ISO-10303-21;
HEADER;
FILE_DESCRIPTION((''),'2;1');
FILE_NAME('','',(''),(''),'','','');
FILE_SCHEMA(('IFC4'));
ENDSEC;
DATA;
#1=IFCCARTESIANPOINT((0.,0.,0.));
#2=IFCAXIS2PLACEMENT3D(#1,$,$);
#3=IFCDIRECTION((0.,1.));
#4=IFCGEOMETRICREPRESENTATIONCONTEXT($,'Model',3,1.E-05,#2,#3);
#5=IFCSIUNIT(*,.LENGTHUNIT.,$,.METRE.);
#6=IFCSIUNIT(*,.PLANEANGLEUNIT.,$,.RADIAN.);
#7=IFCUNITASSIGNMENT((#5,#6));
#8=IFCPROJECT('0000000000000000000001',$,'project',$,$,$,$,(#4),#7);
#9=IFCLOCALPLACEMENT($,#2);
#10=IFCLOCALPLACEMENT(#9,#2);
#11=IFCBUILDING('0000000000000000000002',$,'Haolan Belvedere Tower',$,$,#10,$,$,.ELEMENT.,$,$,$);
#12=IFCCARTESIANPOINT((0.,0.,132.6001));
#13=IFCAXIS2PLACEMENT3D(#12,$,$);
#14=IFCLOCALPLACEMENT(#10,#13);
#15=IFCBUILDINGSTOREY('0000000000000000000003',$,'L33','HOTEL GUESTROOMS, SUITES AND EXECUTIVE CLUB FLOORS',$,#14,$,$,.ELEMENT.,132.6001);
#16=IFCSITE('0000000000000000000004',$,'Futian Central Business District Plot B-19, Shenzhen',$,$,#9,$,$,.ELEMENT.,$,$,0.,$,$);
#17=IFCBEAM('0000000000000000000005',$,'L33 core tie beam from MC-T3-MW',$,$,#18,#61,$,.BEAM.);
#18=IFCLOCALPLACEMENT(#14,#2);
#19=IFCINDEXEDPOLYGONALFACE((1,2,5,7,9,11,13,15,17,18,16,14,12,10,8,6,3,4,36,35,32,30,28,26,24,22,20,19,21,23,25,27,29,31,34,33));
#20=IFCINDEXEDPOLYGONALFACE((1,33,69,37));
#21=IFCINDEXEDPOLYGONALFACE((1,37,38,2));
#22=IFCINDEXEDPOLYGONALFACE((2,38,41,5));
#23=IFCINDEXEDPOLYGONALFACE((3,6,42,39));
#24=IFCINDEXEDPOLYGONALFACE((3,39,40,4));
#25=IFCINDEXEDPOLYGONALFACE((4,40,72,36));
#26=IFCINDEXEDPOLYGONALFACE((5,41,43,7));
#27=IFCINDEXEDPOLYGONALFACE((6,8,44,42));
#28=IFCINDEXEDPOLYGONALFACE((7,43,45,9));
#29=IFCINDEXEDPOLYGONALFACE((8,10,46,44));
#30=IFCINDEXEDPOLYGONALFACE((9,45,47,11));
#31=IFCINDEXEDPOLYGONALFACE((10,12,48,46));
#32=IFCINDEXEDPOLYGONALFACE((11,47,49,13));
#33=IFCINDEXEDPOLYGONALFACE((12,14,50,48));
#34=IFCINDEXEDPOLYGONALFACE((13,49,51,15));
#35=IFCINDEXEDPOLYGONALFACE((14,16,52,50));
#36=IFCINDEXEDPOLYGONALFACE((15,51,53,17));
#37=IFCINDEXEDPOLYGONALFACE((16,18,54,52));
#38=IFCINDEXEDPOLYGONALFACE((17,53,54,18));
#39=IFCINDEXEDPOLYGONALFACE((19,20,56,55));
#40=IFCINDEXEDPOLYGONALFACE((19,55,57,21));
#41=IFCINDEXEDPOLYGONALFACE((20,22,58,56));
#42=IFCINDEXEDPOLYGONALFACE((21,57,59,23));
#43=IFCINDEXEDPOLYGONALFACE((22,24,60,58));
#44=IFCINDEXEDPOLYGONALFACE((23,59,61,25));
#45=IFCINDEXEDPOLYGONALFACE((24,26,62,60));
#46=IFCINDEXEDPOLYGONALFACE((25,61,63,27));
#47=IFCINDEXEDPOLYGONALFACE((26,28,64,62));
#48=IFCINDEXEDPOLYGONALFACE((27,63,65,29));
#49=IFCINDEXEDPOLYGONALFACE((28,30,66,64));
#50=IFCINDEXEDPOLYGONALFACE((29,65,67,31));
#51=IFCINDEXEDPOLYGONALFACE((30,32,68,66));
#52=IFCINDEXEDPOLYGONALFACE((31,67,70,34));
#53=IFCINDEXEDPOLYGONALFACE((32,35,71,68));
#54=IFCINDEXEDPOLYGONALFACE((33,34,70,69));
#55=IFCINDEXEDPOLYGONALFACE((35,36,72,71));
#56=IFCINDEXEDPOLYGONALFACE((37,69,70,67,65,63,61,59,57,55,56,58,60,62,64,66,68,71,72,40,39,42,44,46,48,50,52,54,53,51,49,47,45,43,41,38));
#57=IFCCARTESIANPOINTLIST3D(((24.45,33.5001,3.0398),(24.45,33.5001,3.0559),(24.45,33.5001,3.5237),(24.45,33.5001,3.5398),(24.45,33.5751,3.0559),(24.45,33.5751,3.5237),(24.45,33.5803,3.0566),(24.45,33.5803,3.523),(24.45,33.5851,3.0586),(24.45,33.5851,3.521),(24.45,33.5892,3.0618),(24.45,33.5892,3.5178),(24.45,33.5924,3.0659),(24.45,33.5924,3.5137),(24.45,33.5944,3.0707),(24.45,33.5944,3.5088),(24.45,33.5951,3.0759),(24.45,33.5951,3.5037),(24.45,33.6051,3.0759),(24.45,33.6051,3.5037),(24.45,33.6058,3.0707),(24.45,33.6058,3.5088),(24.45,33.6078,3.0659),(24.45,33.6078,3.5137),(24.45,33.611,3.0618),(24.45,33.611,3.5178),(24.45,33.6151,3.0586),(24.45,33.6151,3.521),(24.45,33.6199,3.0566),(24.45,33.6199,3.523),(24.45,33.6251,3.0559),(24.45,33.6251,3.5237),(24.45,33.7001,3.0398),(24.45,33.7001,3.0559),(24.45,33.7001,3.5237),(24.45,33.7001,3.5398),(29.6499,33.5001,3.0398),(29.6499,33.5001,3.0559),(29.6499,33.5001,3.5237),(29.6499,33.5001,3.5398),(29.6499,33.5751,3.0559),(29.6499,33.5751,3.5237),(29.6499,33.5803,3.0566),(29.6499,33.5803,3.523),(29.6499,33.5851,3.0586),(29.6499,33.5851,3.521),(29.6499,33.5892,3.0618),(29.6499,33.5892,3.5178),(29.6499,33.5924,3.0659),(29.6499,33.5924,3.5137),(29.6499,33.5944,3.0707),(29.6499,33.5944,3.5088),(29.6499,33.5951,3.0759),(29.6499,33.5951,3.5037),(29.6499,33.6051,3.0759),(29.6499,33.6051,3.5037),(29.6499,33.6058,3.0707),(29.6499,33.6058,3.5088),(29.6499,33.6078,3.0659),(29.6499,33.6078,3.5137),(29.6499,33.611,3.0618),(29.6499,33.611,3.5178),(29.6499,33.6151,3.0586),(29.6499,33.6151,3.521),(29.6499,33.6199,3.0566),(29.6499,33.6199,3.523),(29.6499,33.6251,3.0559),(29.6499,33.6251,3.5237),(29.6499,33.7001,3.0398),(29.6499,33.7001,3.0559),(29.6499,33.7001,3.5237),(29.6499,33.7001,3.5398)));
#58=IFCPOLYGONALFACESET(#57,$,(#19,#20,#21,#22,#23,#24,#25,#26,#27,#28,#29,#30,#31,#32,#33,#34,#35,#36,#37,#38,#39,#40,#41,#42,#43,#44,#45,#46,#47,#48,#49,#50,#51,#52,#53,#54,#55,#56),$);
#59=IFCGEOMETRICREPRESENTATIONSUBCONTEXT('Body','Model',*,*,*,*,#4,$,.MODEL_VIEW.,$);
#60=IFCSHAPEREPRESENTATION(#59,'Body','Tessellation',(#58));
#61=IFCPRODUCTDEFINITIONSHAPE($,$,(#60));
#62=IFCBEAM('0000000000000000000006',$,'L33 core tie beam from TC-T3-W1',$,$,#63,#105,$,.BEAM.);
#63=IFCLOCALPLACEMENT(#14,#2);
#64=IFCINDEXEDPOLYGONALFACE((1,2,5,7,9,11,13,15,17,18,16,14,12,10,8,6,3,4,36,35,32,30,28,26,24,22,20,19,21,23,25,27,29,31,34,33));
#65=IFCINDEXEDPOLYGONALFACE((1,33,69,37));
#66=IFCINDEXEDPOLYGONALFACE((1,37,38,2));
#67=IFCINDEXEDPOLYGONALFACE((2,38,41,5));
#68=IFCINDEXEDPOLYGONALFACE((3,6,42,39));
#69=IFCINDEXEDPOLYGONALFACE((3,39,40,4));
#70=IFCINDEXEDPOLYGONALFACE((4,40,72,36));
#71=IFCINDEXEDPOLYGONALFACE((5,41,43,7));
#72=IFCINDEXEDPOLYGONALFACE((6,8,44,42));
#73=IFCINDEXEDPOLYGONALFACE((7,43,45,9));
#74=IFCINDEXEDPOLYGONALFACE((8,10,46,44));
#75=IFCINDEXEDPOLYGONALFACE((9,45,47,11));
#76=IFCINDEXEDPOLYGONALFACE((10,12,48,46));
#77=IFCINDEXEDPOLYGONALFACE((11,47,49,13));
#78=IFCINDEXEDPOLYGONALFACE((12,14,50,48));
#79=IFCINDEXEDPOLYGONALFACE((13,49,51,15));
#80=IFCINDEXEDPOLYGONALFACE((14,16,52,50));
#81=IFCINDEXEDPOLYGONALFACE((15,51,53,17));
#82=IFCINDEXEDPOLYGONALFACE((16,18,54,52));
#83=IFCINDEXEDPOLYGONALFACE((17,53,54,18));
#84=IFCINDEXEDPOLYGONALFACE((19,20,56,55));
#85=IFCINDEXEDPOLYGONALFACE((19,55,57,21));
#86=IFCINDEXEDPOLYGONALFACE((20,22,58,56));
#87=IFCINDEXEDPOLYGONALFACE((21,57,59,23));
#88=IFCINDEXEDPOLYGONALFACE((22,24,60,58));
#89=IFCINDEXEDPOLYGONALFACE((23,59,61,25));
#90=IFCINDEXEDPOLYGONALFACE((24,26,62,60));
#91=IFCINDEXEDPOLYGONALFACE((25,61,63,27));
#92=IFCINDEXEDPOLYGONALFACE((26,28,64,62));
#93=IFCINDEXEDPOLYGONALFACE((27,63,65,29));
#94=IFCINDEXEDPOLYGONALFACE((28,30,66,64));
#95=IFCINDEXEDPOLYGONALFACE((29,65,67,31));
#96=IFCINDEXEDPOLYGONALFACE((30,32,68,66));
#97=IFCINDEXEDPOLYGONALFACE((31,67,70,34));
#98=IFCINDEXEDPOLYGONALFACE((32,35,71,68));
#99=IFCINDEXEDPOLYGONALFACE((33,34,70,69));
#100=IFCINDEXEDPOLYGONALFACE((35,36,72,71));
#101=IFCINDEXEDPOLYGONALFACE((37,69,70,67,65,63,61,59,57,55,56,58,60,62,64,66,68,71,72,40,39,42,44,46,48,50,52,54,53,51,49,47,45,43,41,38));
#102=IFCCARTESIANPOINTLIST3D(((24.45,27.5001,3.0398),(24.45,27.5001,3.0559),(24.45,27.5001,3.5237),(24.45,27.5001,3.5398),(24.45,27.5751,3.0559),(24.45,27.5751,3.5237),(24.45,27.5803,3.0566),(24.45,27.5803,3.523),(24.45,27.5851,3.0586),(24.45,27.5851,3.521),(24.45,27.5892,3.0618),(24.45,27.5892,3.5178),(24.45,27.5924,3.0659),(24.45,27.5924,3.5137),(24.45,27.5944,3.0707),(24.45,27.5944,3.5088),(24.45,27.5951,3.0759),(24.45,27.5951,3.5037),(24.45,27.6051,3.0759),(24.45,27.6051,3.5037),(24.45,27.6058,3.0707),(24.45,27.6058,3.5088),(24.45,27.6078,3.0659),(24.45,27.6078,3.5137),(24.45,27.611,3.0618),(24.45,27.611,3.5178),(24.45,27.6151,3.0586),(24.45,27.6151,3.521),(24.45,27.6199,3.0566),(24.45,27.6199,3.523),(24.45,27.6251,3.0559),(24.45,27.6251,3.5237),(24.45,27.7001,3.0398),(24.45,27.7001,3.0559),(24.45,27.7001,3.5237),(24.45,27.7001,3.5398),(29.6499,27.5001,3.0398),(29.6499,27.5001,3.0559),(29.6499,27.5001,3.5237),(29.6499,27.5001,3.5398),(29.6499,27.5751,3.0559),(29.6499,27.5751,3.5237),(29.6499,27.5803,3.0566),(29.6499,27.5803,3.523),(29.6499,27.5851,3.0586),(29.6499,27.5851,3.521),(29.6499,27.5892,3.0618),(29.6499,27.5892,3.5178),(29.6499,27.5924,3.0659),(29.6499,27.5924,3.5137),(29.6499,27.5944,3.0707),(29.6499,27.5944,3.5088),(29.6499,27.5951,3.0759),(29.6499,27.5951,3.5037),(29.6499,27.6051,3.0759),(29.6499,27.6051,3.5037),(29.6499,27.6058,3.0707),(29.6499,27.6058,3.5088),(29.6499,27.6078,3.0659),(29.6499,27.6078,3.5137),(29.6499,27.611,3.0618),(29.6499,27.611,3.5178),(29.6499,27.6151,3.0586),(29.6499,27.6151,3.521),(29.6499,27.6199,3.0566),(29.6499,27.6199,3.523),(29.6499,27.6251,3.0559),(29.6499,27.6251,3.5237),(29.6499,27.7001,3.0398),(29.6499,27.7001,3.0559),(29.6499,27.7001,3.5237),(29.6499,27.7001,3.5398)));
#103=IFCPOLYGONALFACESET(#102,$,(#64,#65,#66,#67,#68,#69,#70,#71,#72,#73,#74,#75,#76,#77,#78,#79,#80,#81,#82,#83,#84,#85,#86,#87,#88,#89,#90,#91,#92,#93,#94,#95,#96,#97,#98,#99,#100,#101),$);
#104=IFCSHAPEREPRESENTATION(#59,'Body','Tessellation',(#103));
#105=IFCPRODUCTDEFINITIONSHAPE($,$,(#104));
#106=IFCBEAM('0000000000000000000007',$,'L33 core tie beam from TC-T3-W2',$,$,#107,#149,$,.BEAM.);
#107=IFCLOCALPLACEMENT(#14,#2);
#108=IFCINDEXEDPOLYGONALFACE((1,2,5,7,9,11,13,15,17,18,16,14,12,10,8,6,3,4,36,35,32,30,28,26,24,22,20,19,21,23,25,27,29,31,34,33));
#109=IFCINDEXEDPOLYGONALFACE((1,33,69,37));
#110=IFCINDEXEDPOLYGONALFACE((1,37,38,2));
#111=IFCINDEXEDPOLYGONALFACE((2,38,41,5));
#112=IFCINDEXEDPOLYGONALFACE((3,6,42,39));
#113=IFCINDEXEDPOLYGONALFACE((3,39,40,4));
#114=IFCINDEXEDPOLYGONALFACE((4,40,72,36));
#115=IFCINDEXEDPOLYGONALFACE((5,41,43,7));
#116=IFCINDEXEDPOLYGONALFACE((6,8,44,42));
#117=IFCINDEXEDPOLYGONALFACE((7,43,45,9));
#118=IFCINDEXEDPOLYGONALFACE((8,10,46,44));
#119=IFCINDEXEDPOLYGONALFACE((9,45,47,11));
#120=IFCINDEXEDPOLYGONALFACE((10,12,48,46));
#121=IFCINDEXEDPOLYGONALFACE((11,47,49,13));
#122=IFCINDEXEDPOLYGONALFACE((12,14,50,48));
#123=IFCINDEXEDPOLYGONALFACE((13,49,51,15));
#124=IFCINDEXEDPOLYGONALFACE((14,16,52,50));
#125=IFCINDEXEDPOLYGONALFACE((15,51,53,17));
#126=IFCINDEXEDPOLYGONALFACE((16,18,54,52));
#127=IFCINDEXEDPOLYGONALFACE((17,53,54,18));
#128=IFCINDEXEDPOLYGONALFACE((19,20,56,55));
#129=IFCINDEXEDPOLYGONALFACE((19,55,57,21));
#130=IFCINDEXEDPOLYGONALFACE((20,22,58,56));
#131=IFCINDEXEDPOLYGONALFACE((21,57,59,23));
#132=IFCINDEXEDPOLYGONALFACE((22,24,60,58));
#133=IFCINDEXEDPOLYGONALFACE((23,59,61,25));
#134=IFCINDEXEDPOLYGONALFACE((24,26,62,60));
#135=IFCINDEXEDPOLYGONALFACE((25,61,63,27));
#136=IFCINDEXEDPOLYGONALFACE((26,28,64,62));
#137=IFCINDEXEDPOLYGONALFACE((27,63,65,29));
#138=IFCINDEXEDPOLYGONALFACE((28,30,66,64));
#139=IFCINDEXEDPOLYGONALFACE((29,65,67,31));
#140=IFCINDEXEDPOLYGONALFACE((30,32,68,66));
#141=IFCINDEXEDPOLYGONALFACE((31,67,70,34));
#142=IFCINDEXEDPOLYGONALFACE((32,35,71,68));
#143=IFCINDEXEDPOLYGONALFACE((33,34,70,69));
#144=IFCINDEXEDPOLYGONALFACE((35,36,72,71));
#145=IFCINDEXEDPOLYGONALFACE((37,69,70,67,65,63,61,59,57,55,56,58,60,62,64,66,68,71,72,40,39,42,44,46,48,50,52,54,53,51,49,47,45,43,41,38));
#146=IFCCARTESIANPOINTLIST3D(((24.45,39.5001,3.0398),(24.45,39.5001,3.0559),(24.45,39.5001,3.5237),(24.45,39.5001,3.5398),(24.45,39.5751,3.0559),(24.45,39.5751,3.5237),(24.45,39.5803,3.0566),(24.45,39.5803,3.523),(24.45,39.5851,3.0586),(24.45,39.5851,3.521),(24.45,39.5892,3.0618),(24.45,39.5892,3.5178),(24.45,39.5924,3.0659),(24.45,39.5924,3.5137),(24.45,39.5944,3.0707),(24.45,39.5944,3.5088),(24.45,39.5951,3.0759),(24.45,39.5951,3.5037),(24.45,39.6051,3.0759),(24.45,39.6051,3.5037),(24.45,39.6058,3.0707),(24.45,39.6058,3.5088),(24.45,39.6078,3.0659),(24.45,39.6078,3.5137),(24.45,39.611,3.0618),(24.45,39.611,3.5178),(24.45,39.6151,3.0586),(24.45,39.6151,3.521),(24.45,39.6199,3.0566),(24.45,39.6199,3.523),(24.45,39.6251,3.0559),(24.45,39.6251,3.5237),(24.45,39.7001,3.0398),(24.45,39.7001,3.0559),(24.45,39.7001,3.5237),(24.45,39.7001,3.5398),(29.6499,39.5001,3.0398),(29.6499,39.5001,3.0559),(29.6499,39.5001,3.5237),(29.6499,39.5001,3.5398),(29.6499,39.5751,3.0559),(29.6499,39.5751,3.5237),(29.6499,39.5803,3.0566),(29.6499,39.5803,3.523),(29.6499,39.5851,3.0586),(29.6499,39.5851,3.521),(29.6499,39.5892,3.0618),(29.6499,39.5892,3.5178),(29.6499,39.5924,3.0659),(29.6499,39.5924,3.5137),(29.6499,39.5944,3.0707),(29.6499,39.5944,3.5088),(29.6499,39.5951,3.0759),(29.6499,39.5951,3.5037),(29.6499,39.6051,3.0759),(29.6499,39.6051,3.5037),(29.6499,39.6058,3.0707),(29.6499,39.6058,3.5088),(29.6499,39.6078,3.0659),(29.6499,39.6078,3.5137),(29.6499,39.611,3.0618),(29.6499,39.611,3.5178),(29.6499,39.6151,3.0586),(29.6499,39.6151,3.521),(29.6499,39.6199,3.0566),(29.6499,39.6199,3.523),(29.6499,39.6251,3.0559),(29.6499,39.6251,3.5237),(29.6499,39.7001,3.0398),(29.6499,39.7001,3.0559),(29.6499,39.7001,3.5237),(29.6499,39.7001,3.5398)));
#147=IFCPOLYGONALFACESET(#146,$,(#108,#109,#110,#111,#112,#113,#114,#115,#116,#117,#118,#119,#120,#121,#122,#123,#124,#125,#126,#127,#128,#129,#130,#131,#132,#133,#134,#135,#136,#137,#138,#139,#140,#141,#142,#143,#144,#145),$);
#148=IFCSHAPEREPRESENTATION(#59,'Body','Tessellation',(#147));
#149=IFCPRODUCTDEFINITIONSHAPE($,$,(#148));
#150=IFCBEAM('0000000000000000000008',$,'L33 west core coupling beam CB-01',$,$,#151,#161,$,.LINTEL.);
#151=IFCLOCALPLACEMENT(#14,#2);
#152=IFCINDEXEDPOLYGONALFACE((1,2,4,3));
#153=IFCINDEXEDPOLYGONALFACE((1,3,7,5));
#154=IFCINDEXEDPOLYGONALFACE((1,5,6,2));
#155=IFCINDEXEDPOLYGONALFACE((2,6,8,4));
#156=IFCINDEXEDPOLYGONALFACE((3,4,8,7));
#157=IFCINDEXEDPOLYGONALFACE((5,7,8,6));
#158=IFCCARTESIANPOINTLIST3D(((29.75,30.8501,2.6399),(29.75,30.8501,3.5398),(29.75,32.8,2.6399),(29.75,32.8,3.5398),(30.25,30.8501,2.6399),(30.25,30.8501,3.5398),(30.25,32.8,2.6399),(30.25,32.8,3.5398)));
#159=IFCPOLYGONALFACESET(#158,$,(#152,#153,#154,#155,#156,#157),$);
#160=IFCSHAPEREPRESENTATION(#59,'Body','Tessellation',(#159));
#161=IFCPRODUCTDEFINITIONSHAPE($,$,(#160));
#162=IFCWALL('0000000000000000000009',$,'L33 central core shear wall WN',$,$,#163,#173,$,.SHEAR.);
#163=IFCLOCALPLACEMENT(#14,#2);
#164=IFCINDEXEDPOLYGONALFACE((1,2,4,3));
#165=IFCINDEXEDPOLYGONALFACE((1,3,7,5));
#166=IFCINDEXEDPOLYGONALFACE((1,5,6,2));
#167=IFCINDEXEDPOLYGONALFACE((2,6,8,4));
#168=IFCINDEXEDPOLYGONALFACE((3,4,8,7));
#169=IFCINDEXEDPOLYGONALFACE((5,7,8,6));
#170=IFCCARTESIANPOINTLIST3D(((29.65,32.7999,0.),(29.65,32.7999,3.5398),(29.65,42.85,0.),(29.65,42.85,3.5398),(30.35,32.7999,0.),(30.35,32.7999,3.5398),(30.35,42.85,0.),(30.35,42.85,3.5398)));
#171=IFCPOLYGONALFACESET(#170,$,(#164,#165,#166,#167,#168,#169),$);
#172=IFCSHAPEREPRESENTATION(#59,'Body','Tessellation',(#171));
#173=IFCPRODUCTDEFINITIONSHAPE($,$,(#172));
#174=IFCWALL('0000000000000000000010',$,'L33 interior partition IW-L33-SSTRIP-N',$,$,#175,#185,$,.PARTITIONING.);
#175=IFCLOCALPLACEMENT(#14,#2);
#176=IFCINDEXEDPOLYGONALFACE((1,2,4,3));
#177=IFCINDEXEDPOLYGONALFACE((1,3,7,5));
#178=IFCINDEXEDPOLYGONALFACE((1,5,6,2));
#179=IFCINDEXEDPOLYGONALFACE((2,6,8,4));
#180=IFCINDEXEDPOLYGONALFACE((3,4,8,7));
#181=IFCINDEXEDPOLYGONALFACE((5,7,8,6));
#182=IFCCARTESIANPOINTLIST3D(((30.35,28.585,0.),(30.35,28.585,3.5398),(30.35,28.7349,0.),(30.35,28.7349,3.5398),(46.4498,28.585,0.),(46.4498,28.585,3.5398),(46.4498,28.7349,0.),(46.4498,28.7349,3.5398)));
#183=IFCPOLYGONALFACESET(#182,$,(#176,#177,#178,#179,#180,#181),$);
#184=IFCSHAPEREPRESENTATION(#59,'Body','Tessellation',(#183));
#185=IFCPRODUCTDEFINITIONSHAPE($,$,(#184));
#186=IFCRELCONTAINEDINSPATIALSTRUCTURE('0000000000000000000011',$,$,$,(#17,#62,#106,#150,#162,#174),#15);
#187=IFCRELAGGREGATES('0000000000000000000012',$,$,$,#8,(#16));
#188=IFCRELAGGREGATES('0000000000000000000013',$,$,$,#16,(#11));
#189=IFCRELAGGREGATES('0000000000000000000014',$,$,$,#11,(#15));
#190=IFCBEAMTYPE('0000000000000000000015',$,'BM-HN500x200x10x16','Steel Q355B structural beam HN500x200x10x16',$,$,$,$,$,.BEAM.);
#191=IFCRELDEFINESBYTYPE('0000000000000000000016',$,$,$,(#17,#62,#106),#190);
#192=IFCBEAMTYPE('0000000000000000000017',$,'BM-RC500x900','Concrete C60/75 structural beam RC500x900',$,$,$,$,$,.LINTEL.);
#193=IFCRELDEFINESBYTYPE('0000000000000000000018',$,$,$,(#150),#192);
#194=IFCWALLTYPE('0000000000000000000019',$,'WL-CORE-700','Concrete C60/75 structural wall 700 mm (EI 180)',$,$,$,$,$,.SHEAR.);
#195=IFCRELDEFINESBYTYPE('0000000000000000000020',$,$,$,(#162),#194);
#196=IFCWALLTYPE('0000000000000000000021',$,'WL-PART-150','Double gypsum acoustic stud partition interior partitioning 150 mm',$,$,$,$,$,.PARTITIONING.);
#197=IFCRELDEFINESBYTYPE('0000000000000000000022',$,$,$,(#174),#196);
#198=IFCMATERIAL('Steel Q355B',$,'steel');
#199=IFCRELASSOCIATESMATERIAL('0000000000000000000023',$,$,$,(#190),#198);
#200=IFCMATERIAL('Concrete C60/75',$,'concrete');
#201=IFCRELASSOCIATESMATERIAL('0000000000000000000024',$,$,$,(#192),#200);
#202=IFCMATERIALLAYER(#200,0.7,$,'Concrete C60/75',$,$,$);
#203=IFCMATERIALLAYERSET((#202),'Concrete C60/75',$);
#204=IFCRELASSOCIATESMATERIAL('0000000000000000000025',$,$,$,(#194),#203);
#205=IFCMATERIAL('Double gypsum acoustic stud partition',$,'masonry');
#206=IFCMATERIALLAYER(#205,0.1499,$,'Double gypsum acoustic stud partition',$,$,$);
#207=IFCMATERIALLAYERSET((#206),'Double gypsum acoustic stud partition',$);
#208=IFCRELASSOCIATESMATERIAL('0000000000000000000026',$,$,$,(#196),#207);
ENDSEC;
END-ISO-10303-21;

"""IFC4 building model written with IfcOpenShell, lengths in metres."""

from ifc_helpers import new_model, si_unit, direction, frame, frame_2d, origin, origin_2d, place, context, subcontext, project, spatial, rectangle, i_section, extrude, material, layer, layer_set, material_profile, profile_set, type_object, element, save


model = new_model("IFC4")

# Units and contexts
model_context = context("Model", 3, precision=1e-05, world=origin(), true_north=direction((0.0, 1.0)))
body_context = subcontext(model_context, "Body", "Model", "MODEL_VIEW")
ifc_project = project(units=[si_unit("LENGTHUNIT", "METRE"), si_unit("PLANEANGLEUNIT", "RADIAN")], contexts=[model_context])

# Site, building, storey
site_placement = place(None, origin())
site = spatial("IfcSite", under=ifc_project, at=site_placement, Name="Futian Central Business District Plot B-19, Shenzhen", CompositionType="ELEMENT", RefElevation=0.0)
building_placement = place(site_placement, origin())
building = spatial("IfcBuilding", under=site, at=building_placement, Name="Haolan Belvedere Tower", CompositionType="ELEMENT")
storey_placement = place(building_placement, frame((0.0, 0.0, 132.6001)))
storey = spatial("IfcBuildingStorey", under=building, at=storey_placement, Name="L33", Description="HOTEL GUESTROOMS, SUITES AND EXECUTIVE CLUB FLOORS", CompositionType="ELEMENT", Elevation=132.6001)

# Beams
ifc_material_1 = material(Name="Steel Q355B", Category="steel")
ifc_material_profile_1 = material_profile(ifc_material_1, i_section(OverallWidth=0.2, OverallDepth=0.5, WebThickness=0.01, FlangeThickness=0.0161, FilletRadius=0.02, at=origin_2d()), Name="Steel Q355B")
ifc_profile_set_1 = profile_set([ifc_material_profile_1], Name="Steel Q355B")
beam_type_1 = type_object("IfcBeamType", Name="BM-HN500x200x10x16", Description="Steel Q355B structural beam HN500x200x10x16", PredefinedType="BEAM", material=ifc_profile_set_1)
for number, where, z_axis, x_axis, name in (
    (1, (24.45, 33.6001, 3.2898), (1.0, 0.0, 0.0), (0.0, 1.0, 0.0), "L33 core tie beam from MC-T3-MW"),
    (2, (24.45, 27.6001, 3.2898), (1.0, 0.0, 0.0), (0.0, 1.0, 0.0), "L33 core tie beam from TC-T3-W1"),
    (3, (24.45, 39.6001, 3.2898), (1.0, 0.0, 0.0), (0.0, 1.0, 0.0), "L33 core tie beam from TC-T3-W2"),
):
    element("IfcBeam", number, at=place(storey_placement, frame(where, z_axis=z_axis, x_axis=x_axis)), inside=storey, type_object=beam_type_1, Name=name, PredefinedType="BEAM", context=body_context, shape_type="SweptSolid", body=[
        extrude(i_section(OverallWidth=0.2, OverallDepth=0.5, WebThickness=0.01, FlangeThickness=0.0161, FilletRadius=0.02, at=origin_2d()), origin(), (0.0, 0.0, 1.0), 5.2),
    ])
ifc_material_2 = material(Name="Concrete C60/75", Category="concrete")
ifc_material_profile_2 = material_profile(ifc_material_2, rectangle(XDim=0.5, YDim=0.8999, at=origin_2d()), Name="Concrete C60/75")
ifc_profile_set_2 = profile_set([ifc_material_profile_2], Name="Concrete C60/75")
beam_type_2 = type_object("IfcBeamType", Name="BM-RC500x900", Description="Concrete C60/75 structural beam RC500x900", PredefinedType="LINTEL", material=ifc_profile_set_2)
beam_placement = place(storey_placement, frame((30.0, 30.8501, 3.0898), z_axis=(0.0, 1.0, 0.0), x_axis=(-1.0, 0.0, 0.0)))
element("IfcBeam", 4, at=beam_placement, inside=storey, type_object=beam_type_2, Name="L33 west core coupling beam CB-01", PredefinedType="LINTEL", context=body_context, shape_type="SweptSolid", body=[
    extrude(rectangle(XDim=0.5, YDim=0.8999, at=origin_2d()), origin(), (0.0, 0.0, 1.0), 1.95),
])

# Walls
ifc_layer_1 = layer(ifc_material_2, 0.7, Name="Concrete C60/75")
ifc_layer_set_1 = layer_set([ifc_layer_1], Name="Concrete C60/75")
wall_type_1 = type_object("IfcWallType", Name="WL-CORE-700", Description="Concrete C60/75 structural wall 700 mm (EI 180)", PredefinedType="SHEAR", material=ifc_layer_set_1)
wall_1_placement = place(storey_placement, frame((30.0, 32.8, 0.0), z_axis=(0.0, 0.0, 1.0), x_axis=(0.0, 1.0, 0.0)))
element("IfcWall", 5, at=wall_1_placement, inside=storey, type_object=wall_type_1, Name="L33 central core shear wall WN", PredefinedType="SHEAR", context=body_context, shape_type="SweptSolid", body=[
    extrude(rectangle(XDim=10.05, YDim=0.7, at=frame_2d((5.0249, 0.0))), origin(), (0.0, 0.0, 1.0), 3.5398),
])
ifc_material_3 = material(Name="Double gypsum acoustic stud partition", Category="masonry")
ifc_layer_2 = layer(ifc_material_3, 0.1499, Name="Double gypsum acoustic stud partition")
ifc_layer_set_2 = layer_set([ifc_layer_2], Name="Double gypsum acoustic stud partition")
wall_type_2 = type_object("IfcWallType", Name="WL-PART-150", Description="Double gypsum acoustic stud partition interior partitioning 150 mm", PredefinedType="PARTITIONING", material=ifc_layer_set_2)
wall_2_placement = place(storey_placement, frame((30.3501, 28.6599, 0.0), z_axis=(0.0, 0.0, 1.0), x_axis=(1.0, 0.0, 0.0)))
element("IfcWall", 6, at=wall_2_placement, inside=storey, type_object=wall_type_2, Name="L33 interior partition IW-L33-SSTRIP-N", PredefinedType="PARTITIONING", context=body_context, shape_type="SweptSolid", body=[
    extrude(rectangle(XDim=16.0999, YDim=0.1499, at=frame_2d((8.0498, 0.0))), origin(), (0.0, 0.0, 1.0), 3.5398),
])

save(model, "model.ifc")
